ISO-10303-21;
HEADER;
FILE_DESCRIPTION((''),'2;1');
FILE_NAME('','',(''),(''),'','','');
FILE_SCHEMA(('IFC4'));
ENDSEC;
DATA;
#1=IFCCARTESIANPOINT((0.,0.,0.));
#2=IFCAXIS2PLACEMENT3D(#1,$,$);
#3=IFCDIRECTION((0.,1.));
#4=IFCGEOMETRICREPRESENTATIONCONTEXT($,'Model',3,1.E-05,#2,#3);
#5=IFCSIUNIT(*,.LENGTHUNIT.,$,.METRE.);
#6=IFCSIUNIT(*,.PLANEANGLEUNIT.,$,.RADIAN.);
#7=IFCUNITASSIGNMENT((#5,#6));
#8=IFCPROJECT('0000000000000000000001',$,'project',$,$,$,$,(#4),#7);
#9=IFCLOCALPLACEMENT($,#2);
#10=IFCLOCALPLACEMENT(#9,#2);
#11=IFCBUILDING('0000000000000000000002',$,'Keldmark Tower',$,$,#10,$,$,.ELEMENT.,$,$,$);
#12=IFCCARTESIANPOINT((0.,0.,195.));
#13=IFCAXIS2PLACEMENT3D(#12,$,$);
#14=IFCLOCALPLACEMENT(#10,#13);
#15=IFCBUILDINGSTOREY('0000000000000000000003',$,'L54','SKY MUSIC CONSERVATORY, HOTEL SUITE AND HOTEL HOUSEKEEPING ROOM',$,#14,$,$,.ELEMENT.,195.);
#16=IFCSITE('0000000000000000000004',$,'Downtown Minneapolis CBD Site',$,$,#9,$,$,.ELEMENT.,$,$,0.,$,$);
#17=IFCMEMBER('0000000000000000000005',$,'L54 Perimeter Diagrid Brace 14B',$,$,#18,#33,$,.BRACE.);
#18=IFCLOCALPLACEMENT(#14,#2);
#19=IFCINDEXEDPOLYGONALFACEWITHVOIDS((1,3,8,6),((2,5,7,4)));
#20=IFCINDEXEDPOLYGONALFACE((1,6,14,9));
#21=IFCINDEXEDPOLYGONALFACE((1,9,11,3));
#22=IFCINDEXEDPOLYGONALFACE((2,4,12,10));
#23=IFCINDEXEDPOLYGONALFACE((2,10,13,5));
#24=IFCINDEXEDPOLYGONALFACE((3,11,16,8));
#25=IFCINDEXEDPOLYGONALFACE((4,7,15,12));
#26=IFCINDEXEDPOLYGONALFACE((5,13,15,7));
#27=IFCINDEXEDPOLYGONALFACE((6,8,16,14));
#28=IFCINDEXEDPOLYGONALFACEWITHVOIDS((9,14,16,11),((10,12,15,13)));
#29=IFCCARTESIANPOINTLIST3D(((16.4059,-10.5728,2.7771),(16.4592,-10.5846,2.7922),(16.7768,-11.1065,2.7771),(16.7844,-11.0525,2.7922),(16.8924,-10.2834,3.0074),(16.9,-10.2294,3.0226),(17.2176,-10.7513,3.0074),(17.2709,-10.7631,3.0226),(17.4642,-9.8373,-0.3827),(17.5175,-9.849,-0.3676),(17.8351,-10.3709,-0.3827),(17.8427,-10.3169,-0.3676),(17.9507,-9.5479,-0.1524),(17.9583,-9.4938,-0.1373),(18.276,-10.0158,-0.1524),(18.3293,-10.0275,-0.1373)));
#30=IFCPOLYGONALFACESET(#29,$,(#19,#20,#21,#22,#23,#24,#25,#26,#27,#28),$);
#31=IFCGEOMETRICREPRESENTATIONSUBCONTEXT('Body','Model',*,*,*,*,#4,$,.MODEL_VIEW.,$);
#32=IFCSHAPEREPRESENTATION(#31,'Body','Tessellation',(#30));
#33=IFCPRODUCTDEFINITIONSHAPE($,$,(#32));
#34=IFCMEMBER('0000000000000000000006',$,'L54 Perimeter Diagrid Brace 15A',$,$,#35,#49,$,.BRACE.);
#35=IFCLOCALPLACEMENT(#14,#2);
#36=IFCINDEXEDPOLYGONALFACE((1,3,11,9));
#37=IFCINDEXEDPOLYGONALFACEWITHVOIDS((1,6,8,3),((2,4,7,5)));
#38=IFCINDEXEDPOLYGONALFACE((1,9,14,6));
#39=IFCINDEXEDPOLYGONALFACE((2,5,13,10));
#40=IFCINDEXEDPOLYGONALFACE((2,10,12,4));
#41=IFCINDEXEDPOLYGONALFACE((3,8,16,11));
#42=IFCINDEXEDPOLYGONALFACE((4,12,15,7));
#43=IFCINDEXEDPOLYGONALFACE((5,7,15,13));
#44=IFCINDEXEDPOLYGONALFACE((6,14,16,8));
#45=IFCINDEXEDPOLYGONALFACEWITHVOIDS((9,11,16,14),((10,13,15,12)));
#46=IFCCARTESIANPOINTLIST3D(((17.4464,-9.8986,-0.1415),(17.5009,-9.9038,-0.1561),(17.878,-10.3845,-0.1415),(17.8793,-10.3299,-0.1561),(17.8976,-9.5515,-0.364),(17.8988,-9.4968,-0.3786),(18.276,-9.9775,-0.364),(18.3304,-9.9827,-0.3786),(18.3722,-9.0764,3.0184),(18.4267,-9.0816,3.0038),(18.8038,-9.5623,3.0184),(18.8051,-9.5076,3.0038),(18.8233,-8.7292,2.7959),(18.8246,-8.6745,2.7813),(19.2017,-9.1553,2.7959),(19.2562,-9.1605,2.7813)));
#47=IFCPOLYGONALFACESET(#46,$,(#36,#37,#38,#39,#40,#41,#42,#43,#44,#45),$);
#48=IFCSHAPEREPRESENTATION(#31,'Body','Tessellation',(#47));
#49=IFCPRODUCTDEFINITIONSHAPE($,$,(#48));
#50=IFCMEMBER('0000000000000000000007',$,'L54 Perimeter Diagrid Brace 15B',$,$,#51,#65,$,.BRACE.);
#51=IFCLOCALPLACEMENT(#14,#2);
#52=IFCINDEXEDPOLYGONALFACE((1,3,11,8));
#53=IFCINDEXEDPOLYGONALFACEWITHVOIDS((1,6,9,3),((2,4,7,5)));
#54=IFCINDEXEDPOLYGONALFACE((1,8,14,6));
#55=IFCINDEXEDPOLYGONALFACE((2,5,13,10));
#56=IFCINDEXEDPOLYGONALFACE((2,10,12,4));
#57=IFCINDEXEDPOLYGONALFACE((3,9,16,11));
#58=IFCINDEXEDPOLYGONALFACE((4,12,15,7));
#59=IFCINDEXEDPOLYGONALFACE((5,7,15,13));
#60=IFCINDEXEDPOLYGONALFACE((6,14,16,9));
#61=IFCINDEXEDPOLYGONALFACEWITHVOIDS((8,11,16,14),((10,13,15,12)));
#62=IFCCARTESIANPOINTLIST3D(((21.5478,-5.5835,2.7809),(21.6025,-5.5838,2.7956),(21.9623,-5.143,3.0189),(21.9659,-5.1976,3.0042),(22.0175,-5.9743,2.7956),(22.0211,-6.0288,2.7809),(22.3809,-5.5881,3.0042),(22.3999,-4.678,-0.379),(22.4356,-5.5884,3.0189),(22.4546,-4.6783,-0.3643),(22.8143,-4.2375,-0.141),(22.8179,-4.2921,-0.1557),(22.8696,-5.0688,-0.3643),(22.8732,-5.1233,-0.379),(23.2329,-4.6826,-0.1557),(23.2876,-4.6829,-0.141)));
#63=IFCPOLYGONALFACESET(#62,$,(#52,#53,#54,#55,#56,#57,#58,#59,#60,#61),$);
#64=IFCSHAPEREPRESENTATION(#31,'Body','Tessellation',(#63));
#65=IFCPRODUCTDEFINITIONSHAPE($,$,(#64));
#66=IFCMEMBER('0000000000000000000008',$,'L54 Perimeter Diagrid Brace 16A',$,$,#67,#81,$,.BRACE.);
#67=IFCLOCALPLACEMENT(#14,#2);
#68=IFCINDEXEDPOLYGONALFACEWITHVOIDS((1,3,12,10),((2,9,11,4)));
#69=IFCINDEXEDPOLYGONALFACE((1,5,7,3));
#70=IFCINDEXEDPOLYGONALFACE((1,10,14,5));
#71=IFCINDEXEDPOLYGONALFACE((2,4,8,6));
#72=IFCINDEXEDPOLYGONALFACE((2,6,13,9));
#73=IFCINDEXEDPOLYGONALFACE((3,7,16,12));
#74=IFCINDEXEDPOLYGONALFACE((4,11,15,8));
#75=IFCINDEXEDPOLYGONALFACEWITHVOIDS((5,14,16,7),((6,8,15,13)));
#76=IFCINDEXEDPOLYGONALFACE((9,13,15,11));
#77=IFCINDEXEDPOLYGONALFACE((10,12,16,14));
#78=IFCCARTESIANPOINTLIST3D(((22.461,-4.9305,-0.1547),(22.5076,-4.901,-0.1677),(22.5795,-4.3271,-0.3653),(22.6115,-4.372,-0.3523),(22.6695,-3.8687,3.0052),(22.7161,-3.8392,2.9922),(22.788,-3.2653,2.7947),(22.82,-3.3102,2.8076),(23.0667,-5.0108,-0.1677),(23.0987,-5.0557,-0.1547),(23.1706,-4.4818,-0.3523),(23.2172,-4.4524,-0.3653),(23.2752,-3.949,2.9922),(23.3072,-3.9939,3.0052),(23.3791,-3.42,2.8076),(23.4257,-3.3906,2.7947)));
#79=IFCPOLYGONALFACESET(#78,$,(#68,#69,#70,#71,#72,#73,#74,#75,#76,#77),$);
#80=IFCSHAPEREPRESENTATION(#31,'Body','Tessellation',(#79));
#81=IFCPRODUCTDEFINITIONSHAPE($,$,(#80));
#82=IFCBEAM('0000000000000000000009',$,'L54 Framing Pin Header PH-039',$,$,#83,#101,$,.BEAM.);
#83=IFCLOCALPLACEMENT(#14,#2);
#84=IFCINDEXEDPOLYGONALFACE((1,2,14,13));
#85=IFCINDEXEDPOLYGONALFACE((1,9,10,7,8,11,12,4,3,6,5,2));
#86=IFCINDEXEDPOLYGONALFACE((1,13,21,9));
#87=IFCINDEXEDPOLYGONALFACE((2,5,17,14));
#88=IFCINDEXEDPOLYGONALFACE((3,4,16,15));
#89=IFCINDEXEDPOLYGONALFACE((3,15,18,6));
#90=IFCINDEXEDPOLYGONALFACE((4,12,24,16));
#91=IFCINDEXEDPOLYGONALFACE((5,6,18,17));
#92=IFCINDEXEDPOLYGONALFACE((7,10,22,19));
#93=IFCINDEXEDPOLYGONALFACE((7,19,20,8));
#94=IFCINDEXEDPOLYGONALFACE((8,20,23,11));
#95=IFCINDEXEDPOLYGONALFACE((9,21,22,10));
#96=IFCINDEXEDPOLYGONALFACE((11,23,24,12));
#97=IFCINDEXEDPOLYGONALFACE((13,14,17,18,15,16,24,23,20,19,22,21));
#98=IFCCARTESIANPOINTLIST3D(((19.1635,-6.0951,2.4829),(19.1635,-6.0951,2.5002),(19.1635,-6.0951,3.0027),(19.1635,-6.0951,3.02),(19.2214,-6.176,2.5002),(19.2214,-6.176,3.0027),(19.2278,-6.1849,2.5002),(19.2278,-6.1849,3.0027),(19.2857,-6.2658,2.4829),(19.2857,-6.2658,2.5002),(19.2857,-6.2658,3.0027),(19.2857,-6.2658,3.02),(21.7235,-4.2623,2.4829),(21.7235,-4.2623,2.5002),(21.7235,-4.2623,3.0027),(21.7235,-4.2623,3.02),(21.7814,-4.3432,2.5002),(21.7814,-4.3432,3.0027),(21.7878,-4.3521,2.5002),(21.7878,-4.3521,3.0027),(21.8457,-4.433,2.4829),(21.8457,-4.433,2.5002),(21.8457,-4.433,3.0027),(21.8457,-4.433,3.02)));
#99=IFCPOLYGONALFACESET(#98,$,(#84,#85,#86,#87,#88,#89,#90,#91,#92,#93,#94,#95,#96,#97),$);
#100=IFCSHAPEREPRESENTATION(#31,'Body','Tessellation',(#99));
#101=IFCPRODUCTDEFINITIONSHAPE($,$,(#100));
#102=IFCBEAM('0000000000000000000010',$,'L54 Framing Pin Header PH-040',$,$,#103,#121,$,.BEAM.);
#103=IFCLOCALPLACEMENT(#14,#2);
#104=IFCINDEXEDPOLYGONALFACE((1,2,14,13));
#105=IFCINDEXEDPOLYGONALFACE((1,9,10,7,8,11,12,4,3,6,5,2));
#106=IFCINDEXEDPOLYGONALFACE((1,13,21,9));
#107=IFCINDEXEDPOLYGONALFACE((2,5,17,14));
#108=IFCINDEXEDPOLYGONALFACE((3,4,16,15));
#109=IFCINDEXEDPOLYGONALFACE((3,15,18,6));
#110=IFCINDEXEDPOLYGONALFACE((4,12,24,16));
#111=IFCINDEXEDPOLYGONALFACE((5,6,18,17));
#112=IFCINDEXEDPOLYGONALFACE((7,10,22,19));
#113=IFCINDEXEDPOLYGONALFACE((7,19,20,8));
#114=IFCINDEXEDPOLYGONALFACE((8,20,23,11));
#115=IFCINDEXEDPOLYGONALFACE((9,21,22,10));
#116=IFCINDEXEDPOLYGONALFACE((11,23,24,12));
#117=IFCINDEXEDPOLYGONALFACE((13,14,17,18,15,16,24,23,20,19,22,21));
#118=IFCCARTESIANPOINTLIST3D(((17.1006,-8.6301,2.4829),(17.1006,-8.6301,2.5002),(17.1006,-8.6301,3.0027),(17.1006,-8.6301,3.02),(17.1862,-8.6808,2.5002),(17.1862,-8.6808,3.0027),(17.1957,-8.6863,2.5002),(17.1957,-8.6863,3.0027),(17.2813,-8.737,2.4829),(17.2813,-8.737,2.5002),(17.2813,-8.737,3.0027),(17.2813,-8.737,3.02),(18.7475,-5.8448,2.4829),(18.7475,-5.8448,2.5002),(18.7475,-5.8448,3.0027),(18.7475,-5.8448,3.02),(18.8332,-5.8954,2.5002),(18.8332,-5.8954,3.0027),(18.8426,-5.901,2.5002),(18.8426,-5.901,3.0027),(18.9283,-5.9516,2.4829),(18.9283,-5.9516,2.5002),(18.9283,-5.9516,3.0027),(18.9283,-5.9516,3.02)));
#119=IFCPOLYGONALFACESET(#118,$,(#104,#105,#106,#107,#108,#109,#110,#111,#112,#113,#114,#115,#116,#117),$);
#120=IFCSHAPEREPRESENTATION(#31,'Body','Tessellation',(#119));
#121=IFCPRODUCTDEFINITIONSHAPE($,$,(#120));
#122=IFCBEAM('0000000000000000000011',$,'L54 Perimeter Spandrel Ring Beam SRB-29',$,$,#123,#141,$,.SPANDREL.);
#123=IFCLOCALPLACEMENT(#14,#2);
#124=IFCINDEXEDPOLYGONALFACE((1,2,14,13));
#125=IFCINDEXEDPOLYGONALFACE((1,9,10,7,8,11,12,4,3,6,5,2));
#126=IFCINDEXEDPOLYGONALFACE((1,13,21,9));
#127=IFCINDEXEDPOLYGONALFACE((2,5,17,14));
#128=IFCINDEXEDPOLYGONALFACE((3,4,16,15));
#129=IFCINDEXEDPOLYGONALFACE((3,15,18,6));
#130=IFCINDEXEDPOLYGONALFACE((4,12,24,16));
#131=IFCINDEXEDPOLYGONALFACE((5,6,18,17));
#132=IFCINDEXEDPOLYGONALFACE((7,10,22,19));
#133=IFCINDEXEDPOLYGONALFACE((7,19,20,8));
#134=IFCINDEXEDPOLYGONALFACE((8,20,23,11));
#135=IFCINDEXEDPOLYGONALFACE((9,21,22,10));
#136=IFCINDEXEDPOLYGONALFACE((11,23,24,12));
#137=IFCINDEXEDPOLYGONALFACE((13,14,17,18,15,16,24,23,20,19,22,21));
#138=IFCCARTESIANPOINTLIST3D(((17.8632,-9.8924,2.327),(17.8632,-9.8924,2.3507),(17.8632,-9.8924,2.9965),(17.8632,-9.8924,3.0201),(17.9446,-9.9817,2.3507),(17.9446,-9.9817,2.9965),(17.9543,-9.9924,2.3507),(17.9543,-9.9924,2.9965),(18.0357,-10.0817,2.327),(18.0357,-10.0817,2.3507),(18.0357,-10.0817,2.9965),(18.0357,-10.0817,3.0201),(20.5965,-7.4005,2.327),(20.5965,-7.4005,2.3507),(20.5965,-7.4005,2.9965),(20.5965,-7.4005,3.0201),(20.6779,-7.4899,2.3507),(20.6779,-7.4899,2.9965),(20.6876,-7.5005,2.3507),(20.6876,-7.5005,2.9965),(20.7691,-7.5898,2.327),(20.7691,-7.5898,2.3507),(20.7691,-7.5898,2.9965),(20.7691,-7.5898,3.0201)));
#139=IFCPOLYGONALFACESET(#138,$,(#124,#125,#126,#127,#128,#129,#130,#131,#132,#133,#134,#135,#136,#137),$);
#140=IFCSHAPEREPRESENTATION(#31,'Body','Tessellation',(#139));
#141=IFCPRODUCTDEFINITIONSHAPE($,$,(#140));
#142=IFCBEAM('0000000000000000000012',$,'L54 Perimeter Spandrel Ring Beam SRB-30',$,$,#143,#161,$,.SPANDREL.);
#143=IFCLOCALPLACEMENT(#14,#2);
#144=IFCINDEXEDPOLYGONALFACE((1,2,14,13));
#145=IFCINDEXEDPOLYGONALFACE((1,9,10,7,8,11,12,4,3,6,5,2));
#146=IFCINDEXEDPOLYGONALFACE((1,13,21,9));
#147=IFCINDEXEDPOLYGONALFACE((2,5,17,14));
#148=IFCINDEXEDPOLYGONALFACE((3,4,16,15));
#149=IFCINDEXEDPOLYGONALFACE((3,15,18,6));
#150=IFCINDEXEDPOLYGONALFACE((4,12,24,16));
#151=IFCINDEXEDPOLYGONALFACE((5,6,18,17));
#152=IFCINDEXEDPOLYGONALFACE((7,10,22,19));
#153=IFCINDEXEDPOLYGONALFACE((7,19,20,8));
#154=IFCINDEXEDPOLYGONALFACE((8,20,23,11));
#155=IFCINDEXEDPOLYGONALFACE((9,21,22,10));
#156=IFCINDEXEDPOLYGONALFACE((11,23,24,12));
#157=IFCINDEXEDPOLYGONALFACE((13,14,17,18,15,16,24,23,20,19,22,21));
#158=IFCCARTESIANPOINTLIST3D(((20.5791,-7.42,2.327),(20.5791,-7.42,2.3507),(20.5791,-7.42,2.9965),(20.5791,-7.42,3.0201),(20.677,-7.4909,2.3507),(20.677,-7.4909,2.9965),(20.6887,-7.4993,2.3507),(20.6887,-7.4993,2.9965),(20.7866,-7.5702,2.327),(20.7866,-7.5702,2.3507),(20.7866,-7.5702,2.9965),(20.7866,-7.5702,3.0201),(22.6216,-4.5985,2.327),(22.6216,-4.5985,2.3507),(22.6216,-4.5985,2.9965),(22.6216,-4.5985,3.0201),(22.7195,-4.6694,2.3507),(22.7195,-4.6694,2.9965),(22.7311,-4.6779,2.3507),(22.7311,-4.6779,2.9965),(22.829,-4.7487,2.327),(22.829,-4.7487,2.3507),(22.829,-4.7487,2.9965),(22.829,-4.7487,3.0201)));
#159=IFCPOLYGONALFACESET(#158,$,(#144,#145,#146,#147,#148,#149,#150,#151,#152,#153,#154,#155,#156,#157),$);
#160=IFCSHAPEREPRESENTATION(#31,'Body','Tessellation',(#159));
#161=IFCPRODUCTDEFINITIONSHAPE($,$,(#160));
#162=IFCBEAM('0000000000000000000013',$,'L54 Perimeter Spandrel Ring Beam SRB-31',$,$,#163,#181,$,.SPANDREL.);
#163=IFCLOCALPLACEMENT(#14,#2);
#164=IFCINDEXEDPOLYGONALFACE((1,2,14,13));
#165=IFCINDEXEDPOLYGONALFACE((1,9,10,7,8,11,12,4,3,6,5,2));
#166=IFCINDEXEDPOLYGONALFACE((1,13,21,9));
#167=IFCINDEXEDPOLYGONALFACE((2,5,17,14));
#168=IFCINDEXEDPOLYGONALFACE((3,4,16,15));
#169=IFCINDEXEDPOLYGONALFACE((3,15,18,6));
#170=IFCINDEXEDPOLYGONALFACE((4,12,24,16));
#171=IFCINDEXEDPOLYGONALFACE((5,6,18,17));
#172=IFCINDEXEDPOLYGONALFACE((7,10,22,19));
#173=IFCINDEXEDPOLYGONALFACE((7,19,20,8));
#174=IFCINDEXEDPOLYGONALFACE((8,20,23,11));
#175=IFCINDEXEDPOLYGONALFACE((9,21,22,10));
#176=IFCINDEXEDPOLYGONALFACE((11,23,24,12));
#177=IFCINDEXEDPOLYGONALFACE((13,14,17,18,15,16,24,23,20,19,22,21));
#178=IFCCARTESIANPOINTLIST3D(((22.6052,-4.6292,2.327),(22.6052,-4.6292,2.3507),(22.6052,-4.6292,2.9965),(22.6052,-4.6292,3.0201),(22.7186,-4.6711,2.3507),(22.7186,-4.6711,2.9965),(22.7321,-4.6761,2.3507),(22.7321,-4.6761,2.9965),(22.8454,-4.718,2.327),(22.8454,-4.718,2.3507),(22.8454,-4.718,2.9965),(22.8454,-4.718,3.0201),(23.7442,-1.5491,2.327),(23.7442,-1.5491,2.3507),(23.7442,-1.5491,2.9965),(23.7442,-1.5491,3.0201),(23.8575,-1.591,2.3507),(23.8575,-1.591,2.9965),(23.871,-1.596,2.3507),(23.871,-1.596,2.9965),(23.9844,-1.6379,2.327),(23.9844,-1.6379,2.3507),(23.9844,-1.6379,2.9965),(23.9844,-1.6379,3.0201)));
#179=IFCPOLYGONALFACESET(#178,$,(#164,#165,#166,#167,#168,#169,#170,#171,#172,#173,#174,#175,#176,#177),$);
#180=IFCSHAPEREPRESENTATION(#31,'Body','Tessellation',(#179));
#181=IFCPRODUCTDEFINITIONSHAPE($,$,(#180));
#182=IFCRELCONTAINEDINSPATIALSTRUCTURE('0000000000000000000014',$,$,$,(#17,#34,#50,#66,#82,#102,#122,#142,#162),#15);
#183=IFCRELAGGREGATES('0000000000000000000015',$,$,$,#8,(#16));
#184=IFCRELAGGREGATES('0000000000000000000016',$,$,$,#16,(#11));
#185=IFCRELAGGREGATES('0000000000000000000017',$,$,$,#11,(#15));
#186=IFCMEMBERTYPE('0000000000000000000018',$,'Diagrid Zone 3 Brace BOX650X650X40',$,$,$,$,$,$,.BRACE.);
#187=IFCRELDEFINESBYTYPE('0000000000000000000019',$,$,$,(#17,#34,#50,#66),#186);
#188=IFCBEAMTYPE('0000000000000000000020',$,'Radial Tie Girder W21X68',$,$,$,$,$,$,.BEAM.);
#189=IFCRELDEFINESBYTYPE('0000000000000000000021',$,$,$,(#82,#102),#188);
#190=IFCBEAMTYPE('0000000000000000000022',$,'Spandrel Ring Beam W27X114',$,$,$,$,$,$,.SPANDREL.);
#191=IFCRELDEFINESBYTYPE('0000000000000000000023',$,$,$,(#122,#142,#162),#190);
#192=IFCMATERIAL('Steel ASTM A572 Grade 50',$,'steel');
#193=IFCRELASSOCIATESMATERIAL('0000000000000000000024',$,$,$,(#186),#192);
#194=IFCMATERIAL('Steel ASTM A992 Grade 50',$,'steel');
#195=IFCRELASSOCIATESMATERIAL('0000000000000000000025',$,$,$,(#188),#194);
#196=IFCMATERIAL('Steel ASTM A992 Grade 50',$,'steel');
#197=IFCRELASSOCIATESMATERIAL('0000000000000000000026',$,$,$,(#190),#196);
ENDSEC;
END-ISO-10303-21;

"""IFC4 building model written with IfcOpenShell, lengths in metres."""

from ifc_helpers import new_model, si_unit, direction, frame, origin, origin_2d, place, context, subcontext, project, spatial, hollow_rectangle, i_section, extrude, material, material_profile, profile_set, type_object, element, save


model = new_model("IFC4")

# Units and contexts
model_context = context("Model", 3, precision=1e-05, world=origin(), true_north=direction((0.0, 1.0)))
body_context = subcontext(model_context, "Body", "Model", "MODEL_VIEW")
ifc_project = project(units=[si_unit("LENGTHUNIT", "METRE"), si_unit("PLANEANGLEUNIT", "RADIAN")], contexts=[model_context])

# Site, building, storey
site_placement = place(None, origin())
site = spatial("IfcSite", under=ifc_project, at=site_placement, Name="Downtown Minneapolis CBD Site", CompositionType="ELEMENT", RefElevation=0.0)
building_placement = place(site_placement, origin())
building = spatial("IfcBuilding", under=site, at=building_placement, Name="Keldmark Tower", CompositionType="ELEMENT")
storey_placement = place(building_placement, frame((0.0, 0.0, 195.0)))
storey = spatial("IfcBuildingStorey", under=building, at=storey_placement, Name="L54", Description="SKY MUSIC CONSERVATORY, HOTEL SUITE AND HOTEL HOUSEKEEPING ROOM", CompositionType="ELEMENT", Elevation=195.0)

# Members
ifc_material_1 = material(Name="Steel ASTM A572 Grade 50", Category="steel")
ifc_material_profile_1 = material_profile(ifc_material_1, hollow_rectangle(XDim=0.6499, YDim=0.6499, WallThickness=0.04, at=origin_2d()), Name="BOX650X650X40")
ifc_profile_set_1 = profile_set([ifc_material_profile_1], Name="Steel ASTM A572 Grade 50")
member_type = type_object("IfcMemberType", Name="Diagrid Zone 3 Brace BOX650X650X40", PredefinedType="BRACE", material=ifc_profile_set_1)
member_1_placement = place(storey_placement, frame((17.8967, -9.9324, -0.26), z_axis=(-0.310125, -0.215549, 0.925938), x_axis=(0.570726, -0.821141, 0.0)))
element("IfcMember", 1, at=member_1_placement, inside=storey, type_object=member_type, Name="L54 Perimeter Diagrid Brace 14B", PredefinedType="BRACE", context=body_context, shape_type="SweptSolid", body=[
    extrude(hollow_rectangle(XDim=0.6499, YDim=0.6499, WallThickness=0.04, at=origin_2d()), origin(), (0.0, 0.0, 1.0), 3.4126),
])
member_2_placement = place(storey_placement, frame((17.8884, -9.9407, -0.26), z_axis=(0.272782, 0.242281, 0.931069), x_axis=(-0.66407, 0.74767, 0.0)))
element("IfcMember", 2, at=member_2_placement, inside=storey, type_object=member_type, Name="L54 Perimeter Diagrid Brace 15A", PredefinedType="BRACE", context=body_context, shape_type="SweptSolid", body=[
    extrude(hollow_rectangle(XDim=0.6499, YDim=0.6499, WallThickness=0.04, at=origin_2d()), origin(), (0.0, 0.0, 1.0), 3.3938),
])
member_3_placement = place(storey_placement, frame((22.8438, -4.6804, -0.26), z_axis=(-0.250918, -0.266663, 0.930554), x_axis=(0.728281, -0.685279, 0.0)))
element("IfcMember", 3, at=member_3_placement, inside=storey, type_object=member_type, Name="L54 Perimeter Diagrid Brace 15B", PredefinedType="BRACE", context=body_context, shape_type="SweptSolid", body=[
    extrude(hollow_rectangle(XDim=0.6499, YDim=0.6499, WallThickness=0.04, at=origin_2d()), origin(), (0.0, 0.0, 1.0), 3.3958),
])
member_4_placement = place(storey_placement, frame((22.8391, -4.6914, -0.26), z_axis=(0.062423, 0.317891, 0.94607), x_axis=(-0.98126, 0.192687, 0.0)))
element("IfcMember", 4, at=member_4_placement, inside=storey, type_object=member_type, Name="L54 Perimeter Diagrid Brace 16A", PredefinedType="BRACE", context=body_context, shape_type="SweptSolid", body=[
    extrude(hollow_rectangle(XDim=0.6499, YDim=0.6499, WallThickness=0.04, at=origin_2d()), origin(), (0.0, 0.0, 1.0), 3.3401),
])

# Beams
ifc_material_2 = material(Name="Steel ASTM A992 Grade 50", Category="steel")
ifc_material_profile_2 = material_profile(ifc_material_2, i_section(OverallWidth=0.21, OverallDepth=0.5371, WebThickness=0.011, FlangeThickness=0.0173, at=origin_2d()), Name="W21X68")
ifc_profile_set_2 = profile_set([ifc_material_profile_2], Name="Steel ASTM A992 Grade 50")
beam_type_1 = type_object("IfcBeamType", Name="Radial Tie Girder W21X68", PredefinedType="BEAM", material=ifc_profile_set_2)
beam_1_placement = place(storey_placement, frame((19.2246, -6.1804, 2.7515), z_axis=(0.81311, 0.582111, 0.0), x_axis=(-0.582111, 0.81311, 0.0)))
element("IfcBeam", 5, at=beam_1_placement, inside=storey, type_object=beam_type_1, Name="L54 Framing Pin Header PH-039", PredefinedType="BEAM", context=body_context, shape_type="SweptSolid", body=[
    extrude(i_section(OverallWidth=0.21, OverallDepth=0.5371, WebThickness=0.011, FlangeThickness=0.0173, at=origin_2d()), origin(), (0.0, 0.0, 1.0), 3.1484),
])
beam_2_placement = place(storey_placement, frame((18.8379, -5.8982, 2.7515), z_axis=(-0.508971, -0.860784, 0.0), x_axis=(0.860784, -0.508971, 0.0)))
element("IfcBeam", 6, at=beam_2_placement, inside=storey, type_object=beam_type_1, Name="L54 Framing Pin Header PH-040", PredefinedType="BEAM", context=body_context, shape_type="SweptSolid", body=[
    extrude(i_section(OverallWidth=0.21, OverallDepth=0.5371, WebThickness=0.011, FlangeThickness=0.0173, at=origin_2d()), origin(), (0.0, 0.0, 1.0), 3.2358),
])
ifc_material_3 = material(Name="Steel ASTM A992 Grade 50", Category="steel")
ifc_material_profile_3 = material_profile(ifc_material_3, i_section(OverallWidth=0.2561, OverallDepth=0.6931, WebThickness=0.0144, FlangeThickness=0.0237, at=origin_2d()), Name="W27X114")
ifc_profile_set_3 = profile_set([ifc_material_profile_3], Name="Steel ASTM A992 Grade 50")
beam_type_2 = type_object("IfcBeamType", Name="Spandrel Ring Beam W27X114", PredefinedType="SPANDREL", material=ifc_profile_set_3)
beam_3_placement = place(storey_placement, frame((17.9495, -9.9871, 2.6736), z_axis=(0.738993, 0.673714, 0.0), x_axis=(-0.673714, 0.738993, 0.0)))
element("IfcBeam", 7, at=beam_3_placement, inside=storey, type_object=beam_type_2, Name="L54 Perimeter Spandrel Ring Beam SRB-29", PredefinedType="SPANDREL", context=body_context, shape_type="SweptSolid", body=[
    extrude(i_section(OverallWidth=0.2561, OverallDepth=0.6931, WebThickness=0.0144, FlangeThickness=0.0237, at=origin_2d()), origin(), (0.0, 0.0, 1.0), 3.6987),
])
beam_4_placement = place(storey_placement, frame((20.6829, -7.4951, 2.6736), z_axis=(0.586378, 0.810037, 0.0), x_axis=(-0.810037, 0.586378, 0.0)))
element("IfcBeam", 8, at=beam_4_placement, inside=storey, type_object=beam_type_2, Name="L54 Perimeter Spandrel Ring Beam SRB-30", PredefinedType="SPANDREL", context=body_context, shape_type="SweptSolid", body=[
    extrude(i_section(OverallWidth=0.2561, OverallDepth=0.6931, WebThickness=0.0144, FlangeThickness=0.0237, at=origin_2d()), origin(), (0.0, 0.0, 1.0), 3.4832),
])
beam_5_placement = place(storey_placement, frame((22.7253, -4.6736, 2.6736), z_axis=(0.346818, 0.937932, 0.0), x_axis=(-0.937932, 0.346818, 0.0)))
element("IfcBeam", 9, at=beam_5_placement, inside=storey, type_object=beam_type_2, Name="L54 Perimeter Spandrel Ring Beam SRB-31", PredefinedType="SPANDREL", context=body_context, shape_type="SweptSolid", body=[
    extrude(i_section(OverallWidth=0.2561, OverallDepth=0.6931, WebThickness=0.0144, FlangeThickness=0.0237, at=origin_2d()), origin(), (0.0, 0.0, 1.0), 3.2839),
])

save(model, "model.ifc")
